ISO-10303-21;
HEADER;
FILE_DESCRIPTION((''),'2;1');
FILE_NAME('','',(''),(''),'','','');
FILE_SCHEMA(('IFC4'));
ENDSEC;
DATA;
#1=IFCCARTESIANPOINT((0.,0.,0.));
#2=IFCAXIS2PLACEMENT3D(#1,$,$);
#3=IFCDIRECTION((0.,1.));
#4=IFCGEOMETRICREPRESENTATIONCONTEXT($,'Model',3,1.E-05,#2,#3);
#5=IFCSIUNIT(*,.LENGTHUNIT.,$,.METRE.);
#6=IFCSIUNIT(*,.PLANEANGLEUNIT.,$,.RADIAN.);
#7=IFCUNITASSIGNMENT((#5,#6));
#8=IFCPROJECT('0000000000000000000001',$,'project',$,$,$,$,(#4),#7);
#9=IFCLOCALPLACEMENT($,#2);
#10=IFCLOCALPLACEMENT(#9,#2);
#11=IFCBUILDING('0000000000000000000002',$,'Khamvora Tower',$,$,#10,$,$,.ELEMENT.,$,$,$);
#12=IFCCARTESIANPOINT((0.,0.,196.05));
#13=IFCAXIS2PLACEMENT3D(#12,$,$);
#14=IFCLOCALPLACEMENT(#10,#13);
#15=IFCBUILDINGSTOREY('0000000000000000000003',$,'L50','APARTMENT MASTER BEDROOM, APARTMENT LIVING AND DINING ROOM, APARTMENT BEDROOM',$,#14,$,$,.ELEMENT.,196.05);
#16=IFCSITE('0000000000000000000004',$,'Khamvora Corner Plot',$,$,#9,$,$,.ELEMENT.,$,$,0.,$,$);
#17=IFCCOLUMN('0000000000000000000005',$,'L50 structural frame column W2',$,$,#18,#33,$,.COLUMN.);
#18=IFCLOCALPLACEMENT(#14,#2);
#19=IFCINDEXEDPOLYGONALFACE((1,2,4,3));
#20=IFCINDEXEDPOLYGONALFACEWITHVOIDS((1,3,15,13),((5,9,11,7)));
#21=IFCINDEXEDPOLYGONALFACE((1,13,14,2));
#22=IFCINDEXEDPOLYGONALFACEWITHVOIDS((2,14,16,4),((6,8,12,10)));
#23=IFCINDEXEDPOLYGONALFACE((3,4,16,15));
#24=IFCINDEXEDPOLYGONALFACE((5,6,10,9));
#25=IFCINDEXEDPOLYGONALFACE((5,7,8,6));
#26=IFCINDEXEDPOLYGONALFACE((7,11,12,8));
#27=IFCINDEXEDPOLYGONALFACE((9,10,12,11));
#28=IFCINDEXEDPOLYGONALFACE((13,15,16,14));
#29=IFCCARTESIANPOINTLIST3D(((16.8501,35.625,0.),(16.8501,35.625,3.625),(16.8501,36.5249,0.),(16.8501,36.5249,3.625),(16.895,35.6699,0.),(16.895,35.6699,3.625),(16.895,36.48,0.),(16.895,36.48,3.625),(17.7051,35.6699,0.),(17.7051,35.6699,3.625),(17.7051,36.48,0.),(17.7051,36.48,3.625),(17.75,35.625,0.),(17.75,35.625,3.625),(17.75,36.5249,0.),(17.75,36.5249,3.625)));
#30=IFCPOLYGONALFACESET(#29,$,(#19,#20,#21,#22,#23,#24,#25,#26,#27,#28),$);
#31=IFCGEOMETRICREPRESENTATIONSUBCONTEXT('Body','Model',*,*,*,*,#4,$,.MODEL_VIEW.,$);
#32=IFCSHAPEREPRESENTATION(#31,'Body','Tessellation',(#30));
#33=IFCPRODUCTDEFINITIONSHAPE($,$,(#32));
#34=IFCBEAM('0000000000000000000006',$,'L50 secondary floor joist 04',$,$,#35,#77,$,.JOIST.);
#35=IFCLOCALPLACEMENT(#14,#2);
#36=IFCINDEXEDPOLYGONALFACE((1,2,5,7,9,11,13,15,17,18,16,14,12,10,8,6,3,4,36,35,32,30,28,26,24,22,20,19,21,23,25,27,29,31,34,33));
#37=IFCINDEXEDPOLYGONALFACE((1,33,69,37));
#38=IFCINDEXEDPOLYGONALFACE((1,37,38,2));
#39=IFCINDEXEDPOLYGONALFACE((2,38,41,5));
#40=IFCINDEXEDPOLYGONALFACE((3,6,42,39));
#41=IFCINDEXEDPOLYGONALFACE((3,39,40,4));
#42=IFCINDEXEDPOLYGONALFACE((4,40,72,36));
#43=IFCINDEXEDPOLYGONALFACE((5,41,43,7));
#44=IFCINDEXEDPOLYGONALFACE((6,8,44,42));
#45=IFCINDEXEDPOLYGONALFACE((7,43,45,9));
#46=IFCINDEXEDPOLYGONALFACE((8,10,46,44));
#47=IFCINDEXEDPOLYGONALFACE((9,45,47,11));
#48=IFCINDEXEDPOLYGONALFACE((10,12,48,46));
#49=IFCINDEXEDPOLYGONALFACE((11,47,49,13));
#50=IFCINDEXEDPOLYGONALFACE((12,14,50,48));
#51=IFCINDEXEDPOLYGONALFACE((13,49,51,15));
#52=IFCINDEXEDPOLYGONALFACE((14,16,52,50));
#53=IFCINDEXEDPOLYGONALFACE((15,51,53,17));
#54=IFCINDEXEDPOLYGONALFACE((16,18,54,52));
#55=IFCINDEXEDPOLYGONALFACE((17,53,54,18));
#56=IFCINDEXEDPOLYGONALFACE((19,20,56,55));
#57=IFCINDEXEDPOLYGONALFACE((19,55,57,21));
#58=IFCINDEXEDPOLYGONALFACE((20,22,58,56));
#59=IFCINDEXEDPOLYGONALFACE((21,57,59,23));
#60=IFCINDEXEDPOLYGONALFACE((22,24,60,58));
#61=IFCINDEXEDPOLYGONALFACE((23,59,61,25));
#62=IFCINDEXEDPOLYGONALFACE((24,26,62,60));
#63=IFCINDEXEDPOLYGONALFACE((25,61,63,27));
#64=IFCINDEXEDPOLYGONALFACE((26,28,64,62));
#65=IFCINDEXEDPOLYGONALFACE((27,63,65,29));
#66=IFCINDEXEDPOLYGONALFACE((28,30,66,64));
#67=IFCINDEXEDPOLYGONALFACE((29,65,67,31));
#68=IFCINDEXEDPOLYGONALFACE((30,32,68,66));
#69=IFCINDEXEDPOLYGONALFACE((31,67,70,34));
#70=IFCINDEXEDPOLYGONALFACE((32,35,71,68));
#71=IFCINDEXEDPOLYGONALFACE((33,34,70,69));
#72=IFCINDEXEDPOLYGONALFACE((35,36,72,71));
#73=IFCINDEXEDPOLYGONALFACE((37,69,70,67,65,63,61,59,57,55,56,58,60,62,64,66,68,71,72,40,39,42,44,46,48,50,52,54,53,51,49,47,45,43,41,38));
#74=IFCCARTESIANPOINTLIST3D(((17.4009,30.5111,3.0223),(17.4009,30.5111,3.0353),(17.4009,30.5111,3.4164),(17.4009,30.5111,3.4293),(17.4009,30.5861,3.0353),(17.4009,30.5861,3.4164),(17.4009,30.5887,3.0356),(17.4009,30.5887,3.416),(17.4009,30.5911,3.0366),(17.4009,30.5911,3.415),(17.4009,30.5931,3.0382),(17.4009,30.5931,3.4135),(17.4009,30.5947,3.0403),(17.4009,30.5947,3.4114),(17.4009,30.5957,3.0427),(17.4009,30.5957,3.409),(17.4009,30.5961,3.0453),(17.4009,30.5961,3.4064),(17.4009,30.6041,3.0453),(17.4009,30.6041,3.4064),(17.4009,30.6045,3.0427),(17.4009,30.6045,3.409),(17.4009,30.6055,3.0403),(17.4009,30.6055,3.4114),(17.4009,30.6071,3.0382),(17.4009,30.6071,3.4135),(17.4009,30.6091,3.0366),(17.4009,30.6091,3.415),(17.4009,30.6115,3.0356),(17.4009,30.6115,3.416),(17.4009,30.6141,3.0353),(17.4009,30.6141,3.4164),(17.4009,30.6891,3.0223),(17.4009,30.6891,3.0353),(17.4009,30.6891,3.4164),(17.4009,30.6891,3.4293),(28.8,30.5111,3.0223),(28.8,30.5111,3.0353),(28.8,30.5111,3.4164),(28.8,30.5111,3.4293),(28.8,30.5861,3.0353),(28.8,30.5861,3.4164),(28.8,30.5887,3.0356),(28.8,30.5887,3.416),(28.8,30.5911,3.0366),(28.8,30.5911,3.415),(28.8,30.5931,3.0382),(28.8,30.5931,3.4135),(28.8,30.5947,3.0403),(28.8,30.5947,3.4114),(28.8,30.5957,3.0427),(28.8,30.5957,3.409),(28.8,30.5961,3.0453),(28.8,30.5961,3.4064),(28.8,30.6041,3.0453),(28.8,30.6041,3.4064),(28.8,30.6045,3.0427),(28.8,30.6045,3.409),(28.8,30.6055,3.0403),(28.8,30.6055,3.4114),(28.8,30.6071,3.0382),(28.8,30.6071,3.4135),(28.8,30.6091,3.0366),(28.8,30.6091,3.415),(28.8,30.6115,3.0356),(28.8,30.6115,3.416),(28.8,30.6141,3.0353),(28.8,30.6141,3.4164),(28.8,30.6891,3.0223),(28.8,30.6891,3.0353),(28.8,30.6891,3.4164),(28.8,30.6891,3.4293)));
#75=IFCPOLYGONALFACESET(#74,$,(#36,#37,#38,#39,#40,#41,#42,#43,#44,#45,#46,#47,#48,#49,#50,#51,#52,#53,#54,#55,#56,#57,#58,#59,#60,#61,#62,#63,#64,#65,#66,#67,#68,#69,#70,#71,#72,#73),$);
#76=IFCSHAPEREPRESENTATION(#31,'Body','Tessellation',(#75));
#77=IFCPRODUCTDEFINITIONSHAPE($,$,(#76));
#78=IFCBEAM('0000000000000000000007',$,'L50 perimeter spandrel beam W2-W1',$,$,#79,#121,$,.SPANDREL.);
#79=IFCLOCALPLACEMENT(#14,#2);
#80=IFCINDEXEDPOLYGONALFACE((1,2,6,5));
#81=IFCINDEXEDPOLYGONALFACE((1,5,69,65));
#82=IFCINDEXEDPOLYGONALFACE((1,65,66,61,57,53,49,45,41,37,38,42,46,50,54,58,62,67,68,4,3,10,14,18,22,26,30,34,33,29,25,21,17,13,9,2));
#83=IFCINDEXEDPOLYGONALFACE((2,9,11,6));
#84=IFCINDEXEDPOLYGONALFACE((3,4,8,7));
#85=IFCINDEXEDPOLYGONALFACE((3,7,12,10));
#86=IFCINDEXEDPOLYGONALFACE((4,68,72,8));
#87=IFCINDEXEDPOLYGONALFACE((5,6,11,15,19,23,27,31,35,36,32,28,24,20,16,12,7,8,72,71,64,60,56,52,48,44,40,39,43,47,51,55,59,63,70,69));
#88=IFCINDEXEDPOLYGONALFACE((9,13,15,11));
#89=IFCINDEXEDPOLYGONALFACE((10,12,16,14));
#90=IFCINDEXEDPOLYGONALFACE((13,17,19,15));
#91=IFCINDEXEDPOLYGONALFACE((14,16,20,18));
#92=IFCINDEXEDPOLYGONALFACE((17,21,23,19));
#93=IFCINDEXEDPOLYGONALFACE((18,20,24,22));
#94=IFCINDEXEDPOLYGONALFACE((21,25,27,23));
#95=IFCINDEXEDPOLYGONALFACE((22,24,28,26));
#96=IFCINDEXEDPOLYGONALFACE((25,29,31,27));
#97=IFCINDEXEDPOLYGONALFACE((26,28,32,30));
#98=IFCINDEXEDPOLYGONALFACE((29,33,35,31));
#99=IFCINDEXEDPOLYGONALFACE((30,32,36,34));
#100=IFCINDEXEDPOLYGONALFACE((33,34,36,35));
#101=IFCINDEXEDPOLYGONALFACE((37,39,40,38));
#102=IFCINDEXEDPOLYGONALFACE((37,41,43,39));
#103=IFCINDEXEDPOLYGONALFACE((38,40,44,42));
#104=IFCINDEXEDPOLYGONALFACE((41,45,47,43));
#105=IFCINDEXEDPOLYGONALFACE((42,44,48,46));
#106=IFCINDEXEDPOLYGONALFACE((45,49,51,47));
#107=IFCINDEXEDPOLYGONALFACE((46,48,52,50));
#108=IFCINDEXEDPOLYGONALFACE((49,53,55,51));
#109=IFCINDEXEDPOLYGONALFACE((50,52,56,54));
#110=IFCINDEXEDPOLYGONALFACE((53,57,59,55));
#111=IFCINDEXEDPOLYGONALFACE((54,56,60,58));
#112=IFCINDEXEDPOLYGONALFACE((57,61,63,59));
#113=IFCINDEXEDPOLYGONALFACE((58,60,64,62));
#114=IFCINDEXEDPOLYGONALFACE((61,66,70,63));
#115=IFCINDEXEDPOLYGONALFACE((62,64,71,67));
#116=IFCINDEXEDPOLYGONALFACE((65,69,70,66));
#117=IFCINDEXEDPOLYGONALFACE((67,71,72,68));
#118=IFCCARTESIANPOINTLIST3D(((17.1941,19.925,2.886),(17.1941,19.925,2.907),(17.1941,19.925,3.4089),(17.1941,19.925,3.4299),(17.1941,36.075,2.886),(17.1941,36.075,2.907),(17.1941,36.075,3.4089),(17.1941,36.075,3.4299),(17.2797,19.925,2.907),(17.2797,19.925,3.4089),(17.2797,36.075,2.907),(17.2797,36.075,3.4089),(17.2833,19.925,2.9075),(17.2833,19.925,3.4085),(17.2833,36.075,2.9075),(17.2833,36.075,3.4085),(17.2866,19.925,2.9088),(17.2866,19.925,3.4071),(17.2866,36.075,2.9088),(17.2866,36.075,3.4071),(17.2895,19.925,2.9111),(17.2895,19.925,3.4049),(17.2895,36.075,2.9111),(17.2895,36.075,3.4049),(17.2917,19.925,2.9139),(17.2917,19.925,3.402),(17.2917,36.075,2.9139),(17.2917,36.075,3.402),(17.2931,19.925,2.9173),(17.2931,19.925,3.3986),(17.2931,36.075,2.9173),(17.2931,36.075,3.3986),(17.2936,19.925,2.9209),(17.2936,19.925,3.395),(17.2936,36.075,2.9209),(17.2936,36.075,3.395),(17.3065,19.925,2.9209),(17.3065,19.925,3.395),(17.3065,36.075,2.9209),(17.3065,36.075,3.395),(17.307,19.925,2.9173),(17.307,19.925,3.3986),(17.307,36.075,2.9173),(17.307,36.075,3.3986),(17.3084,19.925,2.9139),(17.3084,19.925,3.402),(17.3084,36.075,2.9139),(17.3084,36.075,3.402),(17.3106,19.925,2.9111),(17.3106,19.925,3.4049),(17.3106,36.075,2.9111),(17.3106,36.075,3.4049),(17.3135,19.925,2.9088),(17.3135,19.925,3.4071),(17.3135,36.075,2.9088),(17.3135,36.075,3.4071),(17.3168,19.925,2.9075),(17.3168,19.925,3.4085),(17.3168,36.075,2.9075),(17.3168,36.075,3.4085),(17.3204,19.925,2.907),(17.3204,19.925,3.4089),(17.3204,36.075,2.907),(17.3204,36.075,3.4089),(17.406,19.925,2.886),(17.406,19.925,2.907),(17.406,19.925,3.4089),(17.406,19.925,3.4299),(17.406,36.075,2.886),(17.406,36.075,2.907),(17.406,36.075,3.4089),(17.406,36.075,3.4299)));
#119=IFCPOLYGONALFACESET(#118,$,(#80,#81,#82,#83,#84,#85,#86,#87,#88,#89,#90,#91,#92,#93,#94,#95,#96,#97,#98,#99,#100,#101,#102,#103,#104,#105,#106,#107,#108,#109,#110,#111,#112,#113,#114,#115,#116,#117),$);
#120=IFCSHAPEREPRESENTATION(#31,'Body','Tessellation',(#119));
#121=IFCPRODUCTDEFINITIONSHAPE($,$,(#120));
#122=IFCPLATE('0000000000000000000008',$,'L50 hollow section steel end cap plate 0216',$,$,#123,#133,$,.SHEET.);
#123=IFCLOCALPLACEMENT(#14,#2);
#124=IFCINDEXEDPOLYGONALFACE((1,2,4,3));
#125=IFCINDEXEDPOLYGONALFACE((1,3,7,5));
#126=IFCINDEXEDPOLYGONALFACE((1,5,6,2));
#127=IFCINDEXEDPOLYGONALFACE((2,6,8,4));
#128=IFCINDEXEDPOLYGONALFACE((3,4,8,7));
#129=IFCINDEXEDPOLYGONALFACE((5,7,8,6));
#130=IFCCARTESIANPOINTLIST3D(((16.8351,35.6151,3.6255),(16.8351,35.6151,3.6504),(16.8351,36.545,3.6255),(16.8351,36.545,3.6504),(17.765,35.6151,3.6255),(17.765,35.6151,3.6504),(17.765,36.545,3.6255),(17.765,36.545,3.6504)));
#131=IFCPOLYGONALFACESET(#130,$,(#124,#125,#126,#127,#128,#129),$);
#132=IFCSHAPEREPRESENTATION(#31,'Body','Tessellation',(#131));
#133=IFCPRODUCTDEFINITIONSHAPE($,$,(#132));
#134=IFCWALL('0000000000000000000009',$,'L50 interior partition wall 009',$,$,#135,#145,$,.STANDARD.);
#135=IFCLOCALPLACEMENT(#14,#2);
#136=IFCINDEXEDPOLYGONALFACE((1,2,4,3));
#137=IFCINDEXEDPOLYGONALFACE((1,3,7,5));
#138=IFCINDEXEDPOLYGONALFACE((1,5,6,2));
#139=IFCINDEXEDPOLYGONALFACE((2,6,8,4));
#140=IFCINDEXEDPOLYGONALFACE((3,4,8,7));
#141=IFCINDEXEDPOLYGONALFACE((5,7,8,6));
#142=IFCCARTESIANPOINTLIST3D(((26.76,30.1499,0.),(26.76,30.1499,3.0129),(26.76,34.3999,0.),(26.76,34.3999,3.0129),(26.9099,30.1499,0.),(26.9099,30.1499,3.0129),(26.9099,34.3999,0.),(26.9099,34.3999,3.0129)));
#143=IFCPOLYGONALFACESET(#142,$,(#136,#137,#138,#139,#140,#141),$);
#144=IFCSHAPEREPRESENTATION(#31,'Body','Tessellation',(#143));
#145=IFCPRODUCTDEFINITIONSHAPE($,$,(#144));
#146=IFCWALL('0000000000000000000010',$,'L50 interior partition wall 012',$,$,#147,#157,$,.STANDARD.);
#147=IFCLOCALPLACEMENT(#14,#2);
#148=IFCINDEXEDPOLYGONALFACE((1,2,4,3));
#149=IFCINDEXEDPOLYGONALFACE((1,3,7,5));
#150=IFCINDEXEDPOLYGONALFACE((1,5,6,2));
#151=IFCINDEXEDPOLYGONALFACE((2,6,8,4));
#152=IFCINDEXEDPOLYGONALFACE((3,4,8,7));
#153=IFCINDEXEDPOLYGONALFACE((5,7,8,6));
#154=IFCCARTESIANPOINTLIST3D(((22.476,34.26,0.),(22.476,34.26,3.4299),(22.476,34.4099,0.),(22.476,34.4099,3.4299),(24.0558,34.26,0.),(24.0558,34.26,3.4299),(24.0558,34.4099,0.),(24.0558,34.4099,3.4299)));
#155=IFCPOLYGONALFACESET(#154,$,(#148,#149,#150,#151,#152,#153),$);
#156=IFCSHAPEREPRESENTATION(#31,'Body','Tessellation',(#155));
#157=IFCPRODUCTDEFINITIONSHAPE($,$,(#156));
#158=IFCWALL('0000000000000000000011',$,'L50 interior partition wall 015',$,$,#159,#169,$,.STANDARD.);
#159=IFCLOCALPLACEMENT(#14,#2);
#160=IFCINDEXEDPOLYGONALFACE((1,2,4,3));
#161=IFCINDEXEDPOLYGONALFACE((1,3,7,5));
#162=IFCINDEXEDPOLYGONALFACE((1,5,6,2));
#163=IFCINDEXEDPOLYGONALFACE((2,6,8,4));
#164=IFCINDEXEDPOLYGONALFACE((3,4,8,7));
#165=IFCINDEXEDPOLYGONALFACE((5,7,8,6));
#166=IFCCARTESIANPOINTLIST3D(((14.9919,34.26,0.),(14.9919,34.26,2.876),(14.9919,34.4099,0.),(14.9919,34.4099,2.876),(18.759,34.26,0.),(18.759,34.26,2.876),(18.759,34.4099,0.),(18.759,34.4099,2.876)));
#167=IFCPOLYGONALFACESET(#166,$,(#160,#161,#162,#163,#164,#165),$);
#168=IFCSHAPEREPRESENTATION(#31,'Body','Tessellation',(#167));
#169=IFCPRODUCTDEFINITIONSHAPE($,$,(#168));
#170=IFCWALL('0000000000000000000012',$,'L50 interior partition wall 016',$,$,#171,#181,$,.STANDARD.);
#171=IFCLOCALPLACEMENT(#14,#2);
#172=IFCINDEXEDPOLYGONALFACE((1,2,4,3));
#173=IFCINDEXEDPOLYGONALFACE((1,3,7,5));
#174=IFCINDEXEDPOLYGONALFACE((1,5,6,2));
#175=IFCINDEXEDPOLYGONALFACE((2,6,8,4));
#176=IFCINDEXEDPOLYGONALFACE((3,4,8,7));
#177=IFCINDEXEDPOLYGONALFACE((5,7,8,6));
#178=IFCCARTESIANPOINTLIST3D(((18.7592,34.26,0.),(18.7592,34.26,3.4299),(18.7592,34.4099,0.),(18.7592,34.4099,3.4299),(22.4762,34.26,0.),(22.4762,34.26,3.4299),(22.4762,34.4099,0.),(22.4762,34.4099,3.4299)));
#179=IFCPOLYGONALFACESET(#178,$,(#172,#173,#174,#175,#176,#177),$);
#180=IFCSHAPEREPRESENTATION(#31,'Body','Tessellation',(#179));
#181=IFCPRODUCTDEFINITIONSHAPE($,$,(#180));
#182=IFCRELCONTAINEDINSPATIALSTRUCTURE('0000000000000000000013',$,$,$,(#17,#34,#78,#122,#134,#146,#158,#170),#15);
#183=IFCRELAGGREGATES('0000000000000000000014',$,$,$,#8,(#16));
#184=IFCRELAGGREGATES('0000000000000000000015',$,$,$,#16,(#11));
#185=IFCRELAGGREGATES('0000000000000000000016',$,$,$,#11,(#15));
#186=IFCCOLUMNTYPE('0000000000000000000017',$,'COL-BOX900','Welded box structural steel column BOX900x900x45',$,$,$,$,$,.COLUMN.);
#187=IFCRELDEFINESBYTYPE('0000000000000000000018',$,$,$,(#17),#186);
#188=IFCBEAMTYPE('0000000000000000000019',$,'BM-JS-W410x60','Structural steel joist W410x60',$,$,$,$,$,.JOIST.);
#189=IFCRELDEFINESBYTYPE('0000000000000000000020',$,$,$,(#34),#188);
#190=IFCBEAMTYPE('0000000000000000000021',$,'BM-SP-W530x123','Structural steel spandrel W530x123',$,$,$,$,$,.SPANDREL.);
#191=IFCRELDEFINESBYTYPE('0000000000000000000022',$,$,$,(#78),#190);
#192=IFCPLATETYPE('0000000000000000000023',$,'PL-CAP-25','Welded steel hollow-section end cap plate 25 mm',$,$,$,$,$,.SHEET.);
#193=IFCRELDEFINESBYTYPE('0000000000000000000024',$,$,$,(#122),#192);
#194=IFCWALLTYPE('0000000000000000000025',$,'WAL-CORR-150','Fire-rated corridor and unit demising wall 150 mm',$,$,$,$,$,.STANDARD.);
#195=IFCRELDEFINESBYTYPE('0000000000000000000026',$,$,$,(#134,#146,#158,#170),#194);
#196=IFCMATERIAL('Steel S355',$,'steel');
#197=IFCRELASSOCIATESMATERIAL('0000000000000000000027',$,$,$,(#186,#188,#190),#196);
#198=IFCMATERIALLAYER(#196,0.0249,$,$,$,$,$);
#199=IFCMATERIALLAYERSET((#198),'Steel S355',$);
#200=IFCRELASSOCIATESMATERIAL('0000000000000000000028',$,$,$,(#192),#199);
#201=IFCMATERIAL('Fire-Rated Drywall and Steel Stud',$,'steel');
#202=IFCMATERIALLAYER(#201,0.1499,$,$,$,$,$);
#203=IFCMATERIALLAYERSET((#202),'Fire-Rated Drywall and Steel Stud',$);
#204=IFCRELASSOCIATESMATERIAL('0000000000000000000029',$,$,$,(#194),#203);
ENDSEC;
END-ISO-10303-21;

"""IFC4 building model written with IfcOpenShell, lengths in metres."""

from ifc_helpers import new_model, si_unit, direction, frame, frame_2d, origin, origin_2d, place, context, subcontext, project, spatial, rectangle, hollow_rectangle, i_section, extrude, material, layer, layer_set, material_profile, profile_set, type_object, element, save


model = new_model("IFC4")

# Units and contexts
model_context = context("Model", 3, precision=1e-05, world=origin(), true_north=direction((0.0, 1.0)))
body_context = subcontext(model_context, "Body", "Model", "MODEL_VIEW")
ifc_project = project(units=[si_unit("LENGTHUNIT", "METRE"), si_unit("PLANEANGLEUNIT", "RADIAN")], contexts=[model_context])

# Site, building, storey
site_placement = place(None, origin())
site = spatial("IfcSite", under=ifc_project, at=site_placement, Name="Khamvora Corner Plot", CompositionType="ELEMENT", RefElevation=0.0)
building_placement = place(site_placement, origin())
building = spatial("IfcBuilding", under=site, at=building_placement, Name="Khamvora Tower", CompositionType="ELEMENT")
storey_placement = place(building_placement, frame((0.0, 0.0, 196.05)))
storey = spatial("IfcBuildingStorey", under=building, at=storey_placement, Name="L50", Description="APARTMENT MASTER BEDROOM, APARTMENT LIVING AND DINING ROOM, APARTMENT BEDROOM", CompositionType="ELEMENT", Elevation=196.05)

# Column
ifc_material_1 = material(Name="Steel S355", Category="steel")
ifc_material_profile_1 = material_profile(ifc_material_1, hollow_rectangle(XDim=0.8999, YDim=0.8999, WallThickness=0.0449, at=origin_2d()), Name="BOX900x900x45")
ifc_profile_set_1 = profile_set([ifc_material_profile_1], Name="Steel S355")
column_type = type_object("IfcColumnType", Name="COL-BOX900", Description="Welded box structural steel column BOX900x900x45", PredefinedType="COLUMN", material=ifc_profile_set_1)
column_placement = place(storey_placement, frame((17.3, 36.075, 0.0), z_axis=(0.0, 0.0, 1.0), x_axis=(1.0, 0.0, 0.0)))
element("IfcColumn", 1, at=column_placement, inside=storey, type_object=column_type, Name="L50 structural frame column W2", PredefinedType="COLUMN", context=body_context, shape_type="SweptSolid", body=[
    extrude(hollow_rectangle(XDim=0.8999, YDim=0.8999, WallThickness=0.0449, at=origin_2d()), origin(), (0.0, 0.0, 1.0), 3.625),
])

# Beams
ifc_material_profile_2 = material_profile(ifc_material_1, i_section(OverallWidth=0.178, OverallDepth=0.407, WebThickness=0.0081, FlangeThickness=0.0129, FilletRadius=0.01, at=origin_2d()), Name="W410x60")
ifc_profile_set_2 = profile_set([ifc_material_profile_2], Name="Steel S355")
beam_type_1 = type_object("IfcBeamType", Name="BM-JS-W410x60", Description="Structural steel joist W410x60", PredefinedType="JOIST", material=ifc_profile_set_2)
beam_1_placement = place(storey_placement, frame((17.4009, 30.6001, 3.2258), z_axis=(1.0, 0.0, 0.0), x_axis=(0.0, 1.0, 0.0)))
element("IfcBeam", 2, at=beam_1_placement, inside=storey, type_object=beam_type_1, Name="L50 secondary floor joist 04", PredefinedType="JOIST", context=body_context, shape_type="SweptSolid", body=[
    extrude(i_section(OverallWidth=0.178, OverallDepth=0.407, WebThickness=0.0081, FlangeThickness=0.0129, FilletRadius=0.01, at=origin_2d()), origin(), (0.0, 0.0, 1.0), 11.3992),
])
ifc_material_profile_3 = material_profile(ifc_material_1, i_section(OverallWidth=0.2119, OverallDepth=0.5439, WebThickness=0.0129, FlangeThickness=0.021, FilletRadius=0.0139, at=origin_2d()), Name="W530x123")
ifc_profile_set_3 = profile_set([ifc_material_profile_3], Name="Steel S355")
beam_type_2 = type_object("IfcBeamType", Name="BM-SP-W530x123", Description="Structural steel spandrel W530x123", PredefinedType="SPANDREL", material=ifc_profile_set_3)
beam_2_placement = place(storey_placement, frame((17.3, 36.075, 3.158), z_axis=(0.0, -1.0, 0.0), x_axis=(1.0, 0.0, 0.0)))
element("IfcBeam", 3, at=beam_2_placement, inside=storey, type_object=beam_type_2, Name="L50 perimeter spandrel beam W2-W1", PredefinedType="SPANDREL", context=body_context, shape_type="SweptSolid", body=[
    extrude(i_section(OverallWidth=0.2119, OverallDepth=0.5439, WebThickness=0.0129, FlangeThickness=0.021, FilletRadius=0.0139, at=origin_2d()), origin(), (0.0, 0.0, 1.0), 16.1499),
])

# Plate
ifc_layer_1 = layer(ifc_material_1, 0.0249)
ifc_layer_set_1 = layer_set([ifc_layer_1], Name="Steel S355")
plate_type = type_object("IfcPlateType", Name="PL-CAP-25", Description="Welded steel hollow-section end cap plate 25 mm", PredefinedType="SHEET", material=ifc_layer_set_1)
plate_placement = place(storey_placement, frame((17.3, 36.0801, 3.6255), z_axis=(0.0, 0.0, 1.0), x_axis=(1.0, 0.0, 0.0)))
element("IfcPlate", 4, at=plate_placement, inside=storey, type_object=plate_type, Name="L50 hollow section steel end cap plate 0216", PredefinedType="SHEET", context=body_context, shape_type="SweptSolid", body=[
    extrude(rectangle(XDim=0.9299, YDim=0.9299, at=origin_2d()), origin(), (0.0, 0.0, 1.0), 0.0249),
])

# Walls
ifc_material_2 = material(Name="Fire-Rated Drywall and Steel Stud", Category="steel")
ifc_layer_2 = layer(ifc_material_2, 0.1499)
ifc_layer_set_2 = layer_set([ifc_layer_2], Name="Fire-Rated Drywall and Steel Stud")
wall_type_1 = type_object("IfcWallType", Name="WAL-CORR-150", Description="Fire-rated corridor and unit demising wall 150 mm", PredefinedType="STANDARD", material=ifc_layer_set_2)
wall_1_placement = place(storey_placement, frame((26.835, 30.1499, 0.0), z_axis=(0.0, 0.0, 1.0), x_axis=(0.0, 1.0, 0.0)))
element("IfcWall", 5, at=wall_1_placement, inside=storey, type_object=wall_type_1, Name="L50 interior partition wall 009", PredefinedType="STANDARD", context=body_context, shape_type="SweptSolid", body=[
    extrude(rectangle(XDim=4.25, YDim=0.1499, at=frame_2d((2.125, 0.0))), origin(), (0.0, 0.0, 1.0), 3.0129),
])
wall_2_placement = place(storey_placement, frame((24.0559, 34.335, 0.0), z_axis=(0.0, 0.0, 1.0), x_axis=(-1.0, 0.0, 0.0)))
element("IfcWall", 6, at=wall_2_placement, inside=storey, type_object=wall_type_1, Name="L50 interior partition wall 012", PredefinedType="STANDARD", context=body_context, shape_type="SweptSolid", body=[
    extrude(rectangle(XDim=1.5798, YDim=0.1499, at=frame_2d((0.79, 0.0))), origin(), (0.0, 0.0, 1.0), 3.4299),
])
wall_3_placement = place(storey_placement, frame((18.759, 34.335, 0.0), z_axis=(0.0, 0.0, 1.0), x_axis=(-1.0, 0.0, 0.0)))
element("IfcWall", 7, at=wall_3_placement, inside=storey, type_object=wall_type_1, Name="L50 interior partition wall 015", PredefinedType="STANDARD", context=body_context, shape_type="SweptSolid", body=[
    extrude(rectangle(XDim=3.7671, YDim=0.1499, at=frame_2d((1.8835, 0.0))), origin(), (0.0, 0.0, 1.0), 2.876),
])
wall_4_placement = place(storey_placement, frame((22.4761, 34.335, 0.0), z_axis=(0.0, 0.0, 1.0), x_axis=(-1.0, 0.0, 0.0)))
element("IfcWall", 8, at=wall_4_placement, inside=storey, type_object=wall_type_1, Name="L50 interior partition wall 016", PredefinedType="STANDARD", context=body_context, shape_type="SweptSolid", body=[
    extrude(rectangle(XDim=3.717, YDim=0.1499, at=frame_2d((1.8584, 0.0))), origin(), (0.0, 0.0, 1.0), 3.4299),
])

save(model, "model.ifc")
